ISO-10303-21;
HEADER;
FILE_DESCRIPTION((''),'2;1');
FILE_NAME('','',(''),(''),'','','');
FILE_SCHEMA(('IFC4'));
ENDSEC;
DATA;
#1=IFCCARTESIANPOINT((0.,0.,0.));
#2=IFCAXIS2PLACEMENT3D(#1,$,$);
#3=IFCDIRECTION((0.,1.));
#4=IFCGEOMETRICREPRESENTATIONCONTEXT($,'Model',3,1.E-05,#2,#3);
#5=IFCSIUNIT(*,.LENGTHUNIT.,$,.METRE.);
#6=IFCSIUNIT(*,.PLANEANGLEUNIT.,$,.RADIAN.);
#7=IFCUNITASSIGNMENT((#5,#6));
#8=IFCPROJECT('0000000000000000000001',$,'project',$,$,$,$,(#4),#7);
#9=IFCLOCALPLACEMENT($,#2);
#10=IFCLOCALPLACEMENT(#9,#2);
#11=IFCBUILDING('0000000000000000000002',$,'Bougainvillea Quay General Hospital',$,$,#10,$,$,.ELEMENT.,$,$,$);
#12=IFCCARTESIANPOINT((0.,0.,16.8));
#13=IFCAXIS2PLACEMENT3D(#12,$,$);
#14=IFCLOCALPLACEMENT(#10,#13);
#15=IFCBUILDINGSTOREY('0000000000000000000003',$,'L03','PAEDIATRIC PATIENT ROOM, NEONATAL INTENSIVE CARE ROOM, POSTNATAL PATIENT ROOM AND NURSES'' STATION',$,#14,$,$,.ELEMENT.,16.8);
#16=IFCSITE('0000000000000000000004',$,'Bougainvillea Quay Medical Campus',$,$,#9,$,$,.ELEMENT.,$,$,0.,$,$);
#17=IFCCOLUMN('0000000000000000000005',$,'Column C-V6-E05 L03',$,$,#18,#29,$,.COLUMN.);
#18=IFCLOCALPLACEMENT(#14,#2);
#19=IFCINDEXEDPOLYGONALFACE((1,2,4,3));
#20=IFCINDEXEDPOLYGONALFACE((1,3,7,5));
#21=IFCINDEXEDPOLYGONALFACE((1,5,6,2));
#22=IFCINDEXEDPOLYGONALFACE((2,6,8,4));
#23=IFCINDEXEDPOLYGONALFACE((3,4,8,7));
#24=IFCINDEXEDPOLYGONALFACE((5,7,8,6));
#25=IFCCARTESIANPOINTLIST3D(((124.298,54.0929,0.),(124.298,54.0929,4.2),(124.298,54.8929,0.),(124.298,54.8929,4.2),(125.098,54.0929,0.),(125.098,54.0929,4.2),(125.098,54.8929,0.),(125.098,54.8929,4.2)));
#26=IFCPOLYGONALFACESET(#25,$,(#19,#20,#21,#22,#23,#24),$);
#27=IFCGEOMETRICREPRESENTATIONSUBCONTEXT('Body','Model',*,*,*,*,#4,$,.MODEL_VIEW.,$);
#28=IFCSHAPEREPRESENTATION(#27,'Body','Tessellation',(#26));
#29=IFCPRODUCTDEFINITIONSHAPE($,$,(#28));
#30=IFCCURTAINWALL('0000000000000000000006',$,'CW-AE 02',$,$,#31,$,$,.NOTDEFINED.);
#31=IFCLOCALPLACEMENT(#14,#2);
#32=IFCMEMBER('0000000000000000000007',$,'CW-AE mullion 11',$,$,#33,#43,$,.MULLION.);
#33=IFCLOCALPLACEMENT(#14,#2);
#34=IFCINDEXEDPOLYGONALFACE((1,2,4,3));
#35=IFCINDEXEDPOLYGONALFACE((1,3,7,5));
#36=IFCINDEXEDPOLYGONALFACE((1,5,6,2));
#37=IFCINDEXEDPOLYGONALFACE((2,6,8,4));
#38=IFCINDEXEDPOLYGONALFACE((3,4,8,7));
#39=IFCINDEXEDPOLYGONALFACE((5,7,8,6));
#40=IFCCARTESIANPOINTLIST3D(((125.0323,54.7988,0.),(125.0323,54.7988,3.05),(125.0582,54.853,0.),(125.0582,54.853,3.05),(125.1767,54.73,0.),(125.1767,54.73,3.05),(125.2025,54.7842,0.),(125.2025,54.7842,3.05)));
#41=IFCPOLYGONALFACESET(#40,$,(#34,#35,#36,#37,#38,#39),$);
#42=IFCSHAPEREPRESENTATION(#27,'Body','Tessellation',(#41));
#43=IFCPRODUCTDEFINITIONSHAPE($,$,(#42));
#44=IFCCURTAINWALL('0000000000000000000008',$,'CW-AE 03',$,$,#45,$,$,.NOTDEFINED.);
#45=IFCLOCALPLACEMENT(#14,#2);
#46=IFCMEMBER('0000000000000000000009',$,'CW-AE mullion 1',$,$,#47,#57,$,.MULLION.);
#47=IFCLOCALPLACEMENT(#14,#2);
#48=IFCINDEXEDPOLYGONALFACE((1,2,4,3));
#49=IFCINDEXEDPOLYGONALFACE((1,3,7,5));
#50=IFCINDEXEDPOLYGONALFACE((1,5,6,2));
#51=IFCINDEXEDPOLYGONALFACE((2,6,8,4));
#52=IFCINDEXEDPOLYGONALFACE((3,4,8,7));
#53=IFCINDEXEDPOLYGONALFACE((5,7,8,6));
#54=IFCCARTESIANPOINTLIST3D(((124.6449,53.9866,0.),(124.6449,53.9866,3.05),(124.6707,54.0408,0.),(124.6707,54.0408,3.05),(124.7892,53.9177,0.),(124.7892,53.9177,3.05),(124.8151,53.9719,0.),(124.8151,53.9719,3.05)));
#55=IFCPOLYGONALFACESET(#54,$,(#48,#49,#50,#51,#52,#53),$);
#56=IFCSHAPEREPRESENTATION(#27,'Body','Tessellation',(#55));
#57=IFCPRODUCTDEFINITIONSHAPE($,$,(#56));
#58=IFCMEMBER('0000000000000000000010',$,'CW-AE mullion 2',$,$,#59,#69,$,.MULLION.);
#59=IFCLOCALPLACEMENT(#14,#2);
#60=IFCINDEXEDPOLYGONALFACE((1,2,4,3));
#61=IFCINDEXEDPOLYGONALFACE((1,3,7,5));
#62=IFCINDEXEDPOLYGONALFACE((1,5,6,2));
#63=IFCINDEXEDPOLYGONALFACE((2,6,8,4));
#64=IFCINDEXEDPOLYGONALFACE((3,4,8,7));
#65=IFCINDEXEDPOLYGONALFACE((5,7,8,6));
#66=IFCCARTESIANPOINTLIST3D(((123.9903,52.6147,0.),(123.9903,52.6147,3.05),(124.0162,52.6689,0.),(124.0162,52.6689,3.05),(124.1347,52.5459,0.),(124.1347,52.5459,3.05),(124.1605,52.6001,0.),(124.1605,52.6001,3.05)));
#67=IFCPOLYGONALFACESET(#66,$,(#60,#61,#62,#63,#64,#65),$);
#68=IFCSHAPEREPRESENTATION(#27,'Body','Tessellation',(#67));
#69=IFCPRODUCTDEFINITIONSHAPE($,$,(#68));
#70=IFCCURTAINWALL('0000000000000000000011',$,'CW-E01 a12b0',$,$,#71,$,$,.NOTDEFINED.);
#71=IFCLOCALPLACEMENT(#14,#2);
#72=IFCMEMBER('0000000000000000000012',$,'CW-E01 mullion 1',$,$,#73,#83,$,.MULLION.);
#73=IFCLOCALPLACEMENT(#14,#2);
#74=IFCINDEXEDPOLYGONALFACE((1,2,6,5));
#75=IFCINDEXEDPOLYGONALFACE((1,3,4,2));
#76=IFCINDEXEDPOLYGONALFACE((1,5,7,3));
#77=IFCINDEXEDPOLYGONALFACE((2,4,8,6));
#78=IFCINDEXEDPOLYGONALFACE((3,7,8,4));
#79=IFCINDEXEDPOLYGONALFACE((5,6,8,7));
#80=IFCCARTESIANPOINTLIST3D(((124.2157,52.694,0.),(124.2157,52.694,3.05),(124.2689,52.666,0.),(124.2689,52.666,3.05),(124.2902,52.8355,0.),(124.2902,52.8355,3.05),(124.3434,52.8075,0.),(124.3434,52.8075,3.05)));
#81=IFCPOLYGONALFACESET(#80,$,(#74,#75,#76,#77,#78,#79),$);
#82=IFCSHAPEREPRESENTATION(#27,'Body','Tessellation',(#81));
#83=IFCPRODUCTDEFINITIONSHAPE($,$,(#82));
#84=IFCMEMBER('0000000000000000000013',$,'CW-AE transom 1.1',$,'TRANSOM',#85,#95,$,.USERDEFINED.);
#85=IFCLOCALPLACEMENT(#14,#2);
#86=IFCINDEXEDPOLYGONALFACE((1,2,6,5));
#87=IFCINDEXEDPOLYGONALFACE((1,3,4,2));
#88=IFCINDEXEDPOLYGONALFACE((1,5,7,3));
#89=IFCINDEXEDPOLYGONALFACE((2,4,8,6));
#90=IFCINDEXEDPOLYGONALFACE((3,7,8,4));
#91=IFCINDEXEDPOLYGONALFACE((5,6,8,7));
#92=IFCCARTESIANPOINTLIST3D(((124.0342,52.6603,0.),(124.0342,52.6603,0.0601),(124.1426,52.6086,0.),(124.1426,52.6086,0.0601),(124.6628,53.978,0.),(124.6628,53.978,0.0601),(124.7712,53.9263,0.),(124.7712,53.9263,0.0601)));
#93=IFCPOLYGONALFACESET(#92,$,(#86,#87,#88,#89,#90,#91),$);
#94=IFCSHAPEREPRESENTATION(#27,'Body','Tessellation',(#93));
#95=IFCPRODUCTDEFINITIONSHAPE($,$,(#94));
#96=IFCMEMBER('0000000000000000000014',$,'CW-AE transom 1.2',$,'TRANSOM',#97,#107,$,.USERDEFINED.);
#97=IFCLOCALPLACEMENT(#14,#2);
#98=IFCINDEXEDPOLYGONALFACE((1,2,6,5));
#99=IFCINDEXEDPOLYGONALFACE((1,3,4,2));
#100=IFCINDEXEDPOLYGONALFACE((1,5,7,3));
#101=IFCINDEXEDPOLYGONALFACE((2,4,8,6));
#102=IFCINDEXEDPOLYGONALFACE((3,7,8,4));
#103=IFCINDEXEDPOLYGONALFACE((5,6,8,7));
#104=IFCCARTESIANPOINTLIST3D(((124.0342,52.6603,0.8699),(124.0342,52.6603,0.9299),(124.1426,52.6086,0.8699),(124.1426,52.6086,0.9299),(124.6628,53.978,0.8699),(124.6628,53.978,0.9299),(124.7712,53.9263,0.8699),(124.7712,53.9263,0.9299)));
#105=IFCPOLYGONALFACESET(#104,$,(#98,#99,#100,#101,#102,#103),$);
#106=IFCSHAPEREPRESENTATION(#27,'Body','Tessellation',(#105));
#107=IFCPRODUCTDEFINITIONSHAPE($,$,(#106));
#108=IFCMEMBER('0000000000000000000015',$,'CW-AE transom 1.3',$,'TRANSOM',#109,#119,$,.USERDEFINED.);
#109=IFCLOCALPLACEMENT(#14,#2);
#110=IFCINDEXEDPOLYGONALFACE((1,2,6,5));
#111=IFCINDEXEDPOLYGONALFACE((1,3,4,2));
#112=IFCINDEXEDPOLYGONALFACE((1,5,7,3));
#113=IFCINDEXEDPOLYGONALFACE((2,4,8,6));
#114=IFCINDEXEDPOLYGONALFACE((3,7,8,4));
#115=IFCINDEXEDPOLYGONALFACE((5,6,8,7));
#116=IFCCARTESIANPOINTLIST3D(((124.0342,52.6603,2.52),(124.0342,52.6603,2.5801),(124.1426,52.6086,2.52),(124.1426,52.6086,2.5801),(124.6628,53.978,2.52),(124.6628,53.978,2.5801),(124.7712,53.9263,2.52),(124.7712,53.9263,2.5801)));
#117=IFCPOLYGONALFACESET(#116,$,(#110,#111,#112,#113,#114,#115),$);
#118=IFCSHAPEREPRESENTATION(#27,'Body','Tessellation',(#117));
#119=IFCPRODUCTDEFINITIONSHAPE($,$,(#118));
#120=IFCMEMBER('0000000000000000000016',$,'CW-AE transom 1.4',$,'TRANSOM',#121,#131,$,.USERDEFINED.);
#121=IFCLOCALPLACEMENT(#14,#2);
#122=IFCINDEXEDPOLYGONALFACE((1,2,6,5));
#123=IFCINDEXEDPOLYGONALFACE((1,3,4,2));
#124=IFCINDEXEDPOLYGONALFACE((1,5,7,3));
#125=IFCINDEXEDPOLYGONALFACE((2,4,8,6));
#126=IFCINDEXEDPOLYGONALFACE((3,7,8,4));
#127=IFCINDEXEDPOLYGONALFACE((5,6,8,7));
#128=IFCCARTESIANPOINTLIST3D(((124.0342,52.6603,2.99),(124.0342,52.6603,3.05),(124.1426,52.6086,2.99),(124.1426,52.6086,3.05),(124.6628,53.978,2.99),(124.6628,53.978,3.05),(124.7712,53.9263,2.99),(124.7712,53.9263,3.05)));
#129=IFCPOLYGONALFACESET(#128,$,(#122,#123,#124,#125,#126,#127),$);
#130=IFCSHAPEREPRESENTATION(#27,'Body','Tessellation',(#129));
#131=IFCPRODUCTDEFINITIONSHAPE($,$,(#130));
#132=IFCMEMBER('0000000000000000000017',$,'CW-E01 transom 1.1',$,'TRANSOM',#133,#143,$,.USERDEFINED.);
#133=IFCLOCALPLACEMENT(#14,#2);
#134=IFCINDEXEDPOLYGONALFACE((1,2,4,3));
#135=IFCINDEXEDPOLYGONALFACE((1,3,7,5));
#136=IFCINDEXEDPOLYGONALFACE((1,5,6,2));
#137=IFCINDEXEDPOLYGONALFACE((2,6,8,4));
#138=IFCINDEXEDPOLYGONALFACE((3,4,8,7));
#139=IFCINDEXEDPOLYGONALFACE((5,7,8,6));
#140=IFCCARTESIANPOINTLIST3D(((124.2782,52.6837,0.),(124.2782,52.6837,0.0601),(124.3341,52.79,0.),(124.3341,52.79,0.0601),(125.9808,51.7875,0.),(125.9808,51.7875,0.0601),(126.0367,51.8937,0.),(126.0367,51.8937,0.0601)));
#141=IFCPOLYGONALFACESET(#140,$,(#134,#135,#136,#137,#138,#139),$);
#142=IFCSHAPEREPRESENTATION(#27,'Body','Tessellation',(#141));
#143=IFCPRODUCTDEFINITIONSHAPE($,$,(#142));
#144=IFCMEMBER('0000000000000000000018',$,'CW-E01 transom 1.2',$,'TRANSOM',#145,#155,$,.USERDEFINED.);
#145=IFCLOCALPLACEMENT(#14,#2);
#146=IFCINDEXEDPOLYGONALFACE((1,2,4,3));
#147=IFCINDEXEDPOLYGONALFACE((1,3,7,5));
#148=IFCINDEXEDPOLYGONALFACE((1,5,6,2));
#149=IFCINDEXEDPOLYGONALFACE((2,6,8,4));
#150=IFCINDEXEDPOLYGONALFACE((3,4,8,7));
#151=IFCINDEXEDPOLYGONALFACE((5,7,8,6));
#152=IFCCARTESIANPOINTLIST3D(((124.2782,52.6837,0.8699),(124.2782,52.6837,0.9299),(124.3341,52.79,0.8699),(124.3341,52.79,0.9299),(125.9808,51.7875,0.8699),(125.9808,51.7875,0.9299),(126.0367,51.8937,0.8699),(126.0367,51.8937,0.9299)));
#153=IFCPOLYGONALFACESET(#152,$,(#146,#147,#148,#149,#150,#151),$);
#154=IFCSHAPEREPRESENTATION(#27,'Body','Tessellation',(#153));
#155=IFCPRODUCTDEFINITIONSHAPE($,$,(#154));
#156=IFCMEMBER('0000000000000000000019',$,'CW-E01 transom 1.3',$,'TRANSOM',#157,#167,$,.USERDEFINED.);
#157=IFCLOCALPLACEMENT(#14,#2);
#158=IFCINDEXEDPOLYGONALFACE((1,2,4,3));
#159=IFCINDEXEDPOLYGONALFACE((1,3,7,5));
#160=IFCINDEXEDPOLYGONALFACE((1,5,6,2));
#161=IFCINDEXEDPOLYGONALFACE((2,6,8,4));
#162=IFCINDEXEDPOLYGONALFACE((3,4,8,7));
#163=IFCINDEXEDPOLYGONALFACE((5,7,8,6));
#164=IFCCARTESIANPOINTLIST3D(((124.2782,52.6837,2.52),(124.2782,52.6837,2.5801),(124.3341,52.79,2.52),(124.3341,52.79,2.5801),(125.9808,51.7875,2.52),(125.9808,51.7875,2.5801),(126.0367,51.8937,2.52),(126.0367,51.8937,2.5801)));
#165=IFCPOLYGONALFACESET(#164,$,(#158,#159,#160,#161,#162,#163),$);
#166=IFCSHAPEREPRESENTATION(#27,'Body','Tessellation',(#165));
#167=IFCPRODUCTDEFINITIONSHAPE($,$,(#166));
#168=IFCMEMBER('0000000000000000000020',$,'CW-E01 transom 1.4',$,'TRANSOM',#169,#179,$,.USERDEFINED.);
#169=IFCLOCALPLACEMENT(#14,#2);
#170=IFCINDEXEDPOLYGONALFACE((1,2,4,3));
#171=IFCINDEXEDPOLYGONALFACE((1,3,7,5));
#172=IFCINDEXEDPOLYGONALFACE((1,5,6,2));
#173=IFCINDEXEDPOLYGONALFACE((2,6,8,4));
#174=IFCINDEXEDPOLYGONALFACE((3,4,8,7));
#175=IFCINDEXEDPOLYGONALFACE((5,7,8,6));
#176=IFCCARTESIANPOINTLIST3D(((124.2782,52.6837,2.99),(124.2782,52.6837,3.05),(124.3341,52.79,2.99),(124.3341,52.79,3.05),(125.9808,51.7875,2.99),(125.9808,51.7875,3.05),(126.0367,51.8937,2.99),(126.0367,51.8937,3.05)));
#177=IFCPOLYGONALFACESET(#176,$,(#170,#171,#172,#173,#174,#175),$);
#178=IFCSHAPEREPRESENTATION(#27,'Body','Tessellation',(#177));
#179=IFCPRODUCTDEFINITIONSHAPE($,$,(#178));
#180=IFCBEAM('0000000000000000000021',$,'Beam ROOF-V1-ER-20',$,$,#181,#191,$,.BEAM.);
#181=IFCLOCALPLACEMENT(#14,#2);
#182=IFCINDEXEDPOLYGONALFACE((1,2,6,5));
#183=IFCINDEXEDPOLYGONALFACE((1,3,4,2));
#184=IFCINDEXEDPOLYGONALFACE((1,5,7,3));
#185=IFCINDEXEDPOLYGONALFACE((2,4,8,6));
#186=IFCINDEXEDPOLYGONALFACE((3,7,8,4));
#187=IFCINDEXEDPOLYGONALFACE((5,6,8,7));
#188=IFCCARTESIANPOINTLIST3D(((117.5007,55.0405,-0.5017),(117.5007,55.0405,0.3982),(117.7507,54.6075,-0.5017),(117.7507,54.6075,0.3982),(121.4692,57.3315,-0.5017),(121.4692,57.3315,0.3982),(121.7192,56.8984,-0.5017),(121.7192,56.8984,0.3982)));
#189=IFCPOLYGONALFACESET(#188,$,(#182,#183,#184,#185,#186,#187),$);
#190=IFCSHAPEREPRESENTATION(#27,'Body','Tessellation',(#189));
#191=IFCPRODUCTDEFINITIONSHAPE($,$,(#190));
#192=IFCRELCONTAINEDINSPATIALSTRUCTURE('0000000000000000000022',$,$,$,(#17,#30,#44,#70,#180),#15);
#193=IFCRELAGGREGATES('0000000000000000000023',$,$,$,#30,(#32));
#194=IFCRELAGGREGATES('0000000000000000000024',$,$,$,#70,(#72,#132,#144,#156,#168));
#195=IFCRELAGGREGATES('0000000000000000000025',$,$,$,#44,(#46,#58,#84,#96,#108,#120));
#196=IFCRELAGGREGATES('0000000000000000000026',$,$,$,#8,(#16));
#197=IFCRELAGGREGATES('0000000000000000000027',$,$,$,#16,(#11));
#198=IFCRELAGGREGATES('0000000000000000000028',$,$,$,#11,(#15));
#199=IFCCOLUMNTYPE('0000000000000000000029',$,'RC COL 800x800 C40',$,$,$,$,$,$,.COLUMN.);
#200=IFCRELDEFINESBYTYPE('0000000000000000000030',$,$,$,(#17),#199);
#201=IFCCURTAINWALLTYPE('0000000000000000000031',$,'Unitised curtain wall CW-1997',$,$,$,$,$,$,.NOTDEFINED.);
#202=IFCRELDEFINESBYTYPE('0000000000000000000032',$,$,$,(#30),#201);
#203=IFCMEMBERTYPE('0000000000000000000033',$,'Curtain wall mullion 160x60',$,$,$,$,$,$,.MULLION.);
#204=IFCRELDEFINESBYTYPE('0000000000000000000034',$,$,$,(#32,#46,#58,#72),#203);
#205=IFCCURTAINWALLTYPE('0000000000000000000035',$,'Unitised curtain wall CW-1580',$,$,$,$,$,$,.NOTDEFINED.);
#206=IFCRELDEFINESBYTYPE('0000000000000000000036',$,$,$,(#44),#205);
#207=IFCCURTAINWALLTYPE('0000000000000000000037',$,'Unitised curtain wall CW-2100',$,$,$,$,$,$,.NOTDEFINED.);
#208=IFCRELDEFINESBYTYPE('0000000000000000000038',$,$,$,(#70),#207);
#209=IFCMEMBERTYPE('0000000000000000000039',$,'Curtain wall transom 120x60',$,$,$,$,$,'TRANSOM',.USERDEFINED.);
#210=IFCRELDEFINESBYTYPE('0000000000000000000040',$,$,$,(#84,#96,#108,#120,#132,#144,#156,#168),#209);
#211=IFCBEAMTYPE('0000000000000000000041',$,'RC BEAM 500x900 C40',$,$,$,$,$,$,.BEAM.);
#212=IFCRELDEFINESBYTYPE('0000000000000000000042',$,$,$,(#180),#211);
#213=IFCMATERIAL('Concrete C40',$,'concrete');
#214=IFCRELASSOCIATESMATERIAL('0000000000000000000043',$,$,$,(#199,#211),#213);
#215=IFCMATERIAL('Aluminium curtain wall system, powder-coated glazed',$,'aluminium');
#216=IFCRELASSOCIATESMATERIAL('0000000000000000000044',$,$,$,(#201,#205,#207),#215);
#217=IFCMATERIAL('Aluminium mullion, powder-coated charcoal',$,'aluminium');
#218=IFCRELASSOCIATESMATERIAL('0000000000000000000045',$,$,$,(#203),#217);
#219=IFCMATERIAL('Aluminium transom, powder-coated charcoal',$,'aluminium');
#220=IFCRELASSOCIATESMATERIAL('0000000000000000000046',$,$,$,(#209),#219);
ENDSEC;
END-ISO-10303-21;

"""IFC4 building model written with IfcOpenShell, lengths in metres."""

from ifc_helpers import new_model, si_unit, direction, frame, origin, origin_2d, place, context, subcontext, project, spatial, rectangle, extrude, material, material_profile, profile_set, type_object, element, aggregate, save


model = new_model("IFC4")

# Units and contexts
model_context = context("Model", 3, precision=1e-05, world=origin(), true_north=direction((0.0, 1.0)))
body_context = subcontext(model_context, "Body", "Model", "MODEL_VIEW")
ifc_project = project(units=[si_unit("LENGTHUNIT", "METRE"), si_unit("PLANEANGLEUNIT", "RADIAN")], contexts=[model_context])

# Site, building, storey
site_placement = place(None, origin())
site = spatial("IfcSite", under=ifc_project, at=site_placement, Name="Bougainvillea Quay Medical Campus", CompositionType="ELEMENT", RefElevation=0.0)
building_placement = place(site_placement, origin())
building = spatial("IfcBuilding", under=site, at=building_placement, Name="Bougainvillea Quay General Hospital", CompositionType="ELEMENT")
storey_placement = place(building_placement, frame((0.0, 0.0, 16.8)))
storey = spatial("IfcBuildingStorey", under=building, at=storey_placement, Name="L03", Description="PAEDIATRIC PATIENT ROOM, NEONATAL INTENSIVE CARE ROOM, POSTNATAL PATIENT ROOM AND NURSES' STATION", CompositionType="ELEMENT", Elevation=16.8)

# Column
ifc_material_1 = material(Name="Concrete C40", Category="concrete")
ifc_material_profile_1 = material_profile(ifc_material_1, rectangle(XDim=0.8, YDim=0.8, at=origin_2d()))
ifc_profile_set_1 = profile_set([ifc_material_profile_1], Name="Concrete C40")
column_type = type_object("IfcColumnType", Name="RC COL 800x800 C40", PredefinedType="COLUMN", material=ifc_profile_set_1)
column_placement = place(storey_placement, frame((124.698, 54.4929, 0.0), z_axis=(0.0, 0.0, 1.0), x_axis=(1.0, 0.0, 0.0)))
element("IfcColumn", 1, at=column_placement, inside=storey, type_object=column_type, Name="Column C-V6-E05 L03", PredefinedType="COLUMN", context=body_context, shape_type="SweptSolid", body=[
    extrude(rectangle(XDim=0.8, YDim=0.8, at=origin_2d()), origin(), (0.0, 0.0, 1.0), 4.2),
])

# Curtain wall, member
ifc_material_2 = material(Name="Aluminium curtain wall system, powder-coated glazed", Category="aluminium")
curtain_wall_type_1 = type_object("IfcCurtainWallType", Name="Unitised curtain wall CW-1997", PredefinedType="NOTDEFINED", material=ifc_material_2)
curtain_wall_1_placement = place(storey_placement, origin())
curtain_wall_1 = element("IfcCurtainWall", 2, at=curtain_wall_1_placement, inside=storey, type_object=curtain_wall_type_1, Name="CW-AE 02", PredefinedType="NOTDEFINED")
ifc_material_3 = material(Name="Aluminium mullion, powder-coated charcoal", Category="aluminium")
ifc_material_profile_2 = material_profile(ifc_material_3, rectangle(XDim=0.1599, YDim=0.0601, at=origin_2d()))
ifc_profile_set_2 = profile_set([ifc_material_profile_2], Name="Aluminium mullion, powder-coated charcoal")
member_type_1 = type_object("IfcMemberType", Name="Curtain wall mullion 160x60", PredefinedType="MULLION", material=ifc_profile_set_2)
member_1_placement = place(storey_placement, frame((125.1174, 54.7915, 0.0), z_axis=(0.0, 0.0, 1.0), x_axis=(0.902578, -0.430525, 0.0)))
member_1 = element("IfcMember", 3, at=member_1_placement, type_object=member_type_1, Name="CW-AE mullion 11", PredefinedType="MULLION", context=body_context, shape_type="SweptSolid", body=[
    extrude(rectangle(XDim=0.1599, YDim=0.0601, at=origin_2d()), origin(), (0.0, 0.0, 1.0), 3.05),
])
aggregate(curtain_wall_1, [member_1])

# Curtain wall, members
curtain_wall_type_2 = type_object("IfcCurtainWallType", Name="Unitised curtain wall CW-1580", PredefinedType="NOTDEFINED", material=ifc_material_2)
curtain_wall_2_placement = place(storey_placement, origin())
curtain_wall_2 = element("IfcCurtainWall", 4, at=curtain_wall_2_placement, inside=storey, type_object=curtain_wall_type_2, Name="CW-AE 03", PredefinedType="NOTDEFINED")
member_2_placement = place(storey_placement, frame((124.73, 53.9792, 0.0), z_axis=(0.0, 0.0, 1.0), x_axis=(0.902578, -0.430525, 0.0)))
member_2 = element("IfcMember", 5, at=member_2_placement, type_object=member_type_1, Name="CW-AE mullion 1", PredefinedType="MULLION", context=body_context, shape_type="SweptSolid", body=[
    extrude(rectangle(XDim=0.1599, YDim=0.0601, at=origin_2d()), origin(), (0.0, 0.0, 1.0), 3.05),
])
member_3_placement = place(storey_placement, frame((124.0754, 52.6074, 0.0), z_axis=(0.0, 0.0, 1.0), x_axis=(0.902578, -0.430525, 0.0)))
member_3 = element("IfcMember", 6, at=member_3_placement, type_object=member_type_1, Name="CW-AE mullion 2", PredefinedType="MULLION", context=body_context, shape_type="SweptSolid", body=[
    extrude(rectangle(XDim=0.1599, YDim=0.0601, at=origin_2d()), origin(), (0.0, 0.0, 1.0), 3.05),
])

# Curtain wall, member
curtain_wall_type_3 = type_object("IfcCurtainWallType", Name="Unitised curtain wall CW-2100", PredefinedType="NOTDEFINED", material=ifc_material_2)
curtain_wall_3_placement = place(storey_placement, origin())
curtain_wall_3 = element("IfcCurtainWall", 7, at=curtain_wall_3_placement, inside=storey, type_object=curtain_wall_type_3, Name="CW-E01 a12b0", PredefinedType="NOTDEFINED")
member_4_placement = place(storey_placement, frame((124.2795, 52.7507, 0.0), z_axis=(0.0, 0.0, 1.0), x_axis=(0.465726, 0.884929, 0.0)))
member_4 = element("IfcMember", 8, at=member_4_placement, type_object=member_type_1, Name="CW-E01 mullion 1", PredefinedType="MULLION", context=body_context, shape_type="SweptSolid", body=[
    extrude(rectangle(XDim=0.1599, YDim=0.0601, at=origin_2d()), origin(), (0.0, 0.0, 1.0), 3.05),
])

# Members
ifc_material_4 = material(Name="Aluminium transom, powder-coated charcoal", Category="aluminium")
ifc_material_profile_3 = material_profile(ifc_material_4, rectangle(XDim=0.1201, YDim=0.0601, at=origin_2d()))
ifc_profile_set_3 = profile_set([ifc_material_profile_3], Name="Aluminium transom, powder-coated charcoal")
member_type_2 = type_object("IfcMemberType", Name="Curtain wall transom 120x60", ElementType="TRANSOM", PredefinedType="USERDEFINED", material=ifc_profile_set_3)
member_5_placement = place(storey_placement, frame((124.717, 53.9521, 0.03), z_axis=(-0.430615, -0.902536, 0.0), x_axis=(0.902536, -0.430615, 0.0)))
member_5 = element("IfcMember", 9, at=member_5_placement, type_object=member_type_2, Name="CW-AE transom 1.1", ObjectType="TRANSOM", PredefinedType="USERDEFINED", context=body_context, shape_type="SweptSolid", body=[
    extrude(rectangle(XDim=0.1201, YDim=0.0601, at=origin_2d()), origin(), (0.0, 0.0, 1.0), 1.46),
])
member_6_placement = place(storey_placement, frame((124.717, 53.9521, 0.8999), z_axis=(-0.430615, -0.902536, 0.0), x_axis=(0.902536, -0.430615, 0.0)))
member_6 = element("IfcMember", 10, at=member_6_placement, type_object=member_type_2, Name="CW-AE transom 1.2", ObjectType="TRANSOM", PredefinedType="USERDEFINED", context=body_context, shape_type="SweptSolid", body=[
    extrude(rectangle(XDim=0.1201, YDim=0.0601, at=origin_2d()), origin(), (0.0, 0.0, 1.0), 1.46),
])
member_7_placement = place(storey_placement, frame((124.717, 53.9521, 2.55), z_axis=(-0.430615, -0.902536, 0.0), x_axis=(0.902536, -0.430615, 0.0)))
member_7 = element("IfcMember", 11, at=member_7_placement, type_object=member_type_2, Name="CW-AE transom 1.3", ObjectType="TRANSOM", PredefinedType="USERDEFINED", context=body_context, shape_type="SweptSolid", body=[
    extrude(rectangle(XDim=0.1201, YDim=0.0601, at=origin_2d()), origin(), (0.0, 0.0, 1.0), 1.46),
])
member_8_placement = place(storey_placement, frame((124.717, 53.9521, 3.02), z_axis=(-0.430615, -0.902536, 0.0), x_axis=(0.902536, -0.430615, 0.0)))
member_8 = element("IfcMember", 12, at=member_8_placement, type_object=member_type_2, Name="CW-AE transom 1.4", ObjectType="TRANSOM", PredefinedType="USERDEFINED", context=body_context, shape_type="SweptSolid", body=[
    extrude(rectangle(XDim=0.1201, YDim=0.0601, at=origin_2d()), origin(), (0.0, 0.0, 1.0), 1.46),
])
member_9_placement = place(storey_placement, frame((124.3062, 52.7368, 0.03), z_axis=(0.884893, -0.465793, 0.0), x_axis=(0.465793, 0.884893, 0.0)))
member_9 = element("IfcMember", 13, at=member_9_placement, type_object=member_type_2, Name="CW-E01 transom 1.1", ObjectType="TRANSOM", PredefinedType="USERDEFINED", context=body_context, shape_type="SweptSolid", body=[
    extrude(rectangle(XDim=0.1201, YDim=0.0601, at=origin_2d()), origin(), (0.0, 0.0, 1.0), 1.9241),
])
member_10_placement = place(storey_placement, frame((124.3062, 52.7368, 0.8999), z_axis=(0.884893, -0.465793, 0.0), x_axis=(0.465793, 0.884893, 0.0)))
member_10 = element("IfcMember", 14, at=member_10_placement, type_object=member_type_2, Name="CW-E01 transom 1.2", ObjectType="TRANSOM", PredefinedType="USERDEFINED", context=body_context, shape_type="SweptSolid", body=[
    extrude(rectangle(XDim=0.1201, YDim=0.0601, at=origin_2d()), origin(), (0.0, 0.0, 1.0), 1.9241),
])
member_11_placement = place(storey_placement, frame((124.3062, 52.7368, 2.55), z_axis=(0.884893, -0.465793, 0.0), x_axis=(0.465793, 0.884893, 0.0)))
member_11 = element("IfcMember", 15, at=member_11_placement, type_object=member_type_2, Name="CW-E01 transom 1.3", ObjectType="TRANSOM", PredefinedType="USERDEFINED", context=body_context, shape_type="SweptSolid", body=[
    extrude(rectangle(XDim=0.1201, YDim=0.0601, at=origin_2d()), origin(), (0.0, 0.0, 1.0), 1.9241),
])
member_12_placement = place(storey_placement, frame((124.3062, 52.7368, 3.02), z_axis=(0.884893, -0.465793, 0.0), x_axis=(0.465793, 0.884893, 0.0)))
member_12 = element("IfcMember", 16, at=member_12_placement, type_object=member_type_2, Name="CW-E01 transom 1.4", ObjectType="TRANSOM", PredefinedType="USERDEFINED", context=body_context, shape_type="SweptSolid", body=[
    extrude(rectangle(XDim=0.1201, YDim=0.0601, at=origin_2d()), origin(), (0.0, 0.0, 1.0), 1.9241),
])

# Beam
ifc_material_profile_4 = material_profile(ifc_material_1, rectangle(XDim=0.5, YDim=0.8999, at=origin_2d()))
ifc_profile_set_4 = profile_set([ifc_material_profile_4], Name="Concrete C40")
beam_type = type_object("IfcBeamType", Name="RC BEAM 500x900 C40", PredefinedType="BEAM", material=ifc_profile_set_4)
beam_placement = place(storey_placement, frame((117.6257, 54.824, -0.0518), z_axis=(0.866045, 0.499967, 0.0), x_axis=(-0.499967, 0.866045, 0.0)))
element("IfcBeam", 17, at=beam_placement, inside=storey, type_object=beam_type, Name="Beam ROOF-V1-ER-20", PredefinedType="BEAM", context=body_context, shape_type="SweptSolid", body=[
    extrude(rectangle(XDim=0.5, YDim=0.8999, at=origin_2d()), origin(), (0.0, 0.0, 1.0), 4.5823),
])

aggregate(curtain_wall_3, [member_4, member_9, member_10, member_11, member_12])
aggregate(curtain_wall_2, [member_2, member_3, member_5, member_6, member_7, member_8])

save(model, "model.ifc")
